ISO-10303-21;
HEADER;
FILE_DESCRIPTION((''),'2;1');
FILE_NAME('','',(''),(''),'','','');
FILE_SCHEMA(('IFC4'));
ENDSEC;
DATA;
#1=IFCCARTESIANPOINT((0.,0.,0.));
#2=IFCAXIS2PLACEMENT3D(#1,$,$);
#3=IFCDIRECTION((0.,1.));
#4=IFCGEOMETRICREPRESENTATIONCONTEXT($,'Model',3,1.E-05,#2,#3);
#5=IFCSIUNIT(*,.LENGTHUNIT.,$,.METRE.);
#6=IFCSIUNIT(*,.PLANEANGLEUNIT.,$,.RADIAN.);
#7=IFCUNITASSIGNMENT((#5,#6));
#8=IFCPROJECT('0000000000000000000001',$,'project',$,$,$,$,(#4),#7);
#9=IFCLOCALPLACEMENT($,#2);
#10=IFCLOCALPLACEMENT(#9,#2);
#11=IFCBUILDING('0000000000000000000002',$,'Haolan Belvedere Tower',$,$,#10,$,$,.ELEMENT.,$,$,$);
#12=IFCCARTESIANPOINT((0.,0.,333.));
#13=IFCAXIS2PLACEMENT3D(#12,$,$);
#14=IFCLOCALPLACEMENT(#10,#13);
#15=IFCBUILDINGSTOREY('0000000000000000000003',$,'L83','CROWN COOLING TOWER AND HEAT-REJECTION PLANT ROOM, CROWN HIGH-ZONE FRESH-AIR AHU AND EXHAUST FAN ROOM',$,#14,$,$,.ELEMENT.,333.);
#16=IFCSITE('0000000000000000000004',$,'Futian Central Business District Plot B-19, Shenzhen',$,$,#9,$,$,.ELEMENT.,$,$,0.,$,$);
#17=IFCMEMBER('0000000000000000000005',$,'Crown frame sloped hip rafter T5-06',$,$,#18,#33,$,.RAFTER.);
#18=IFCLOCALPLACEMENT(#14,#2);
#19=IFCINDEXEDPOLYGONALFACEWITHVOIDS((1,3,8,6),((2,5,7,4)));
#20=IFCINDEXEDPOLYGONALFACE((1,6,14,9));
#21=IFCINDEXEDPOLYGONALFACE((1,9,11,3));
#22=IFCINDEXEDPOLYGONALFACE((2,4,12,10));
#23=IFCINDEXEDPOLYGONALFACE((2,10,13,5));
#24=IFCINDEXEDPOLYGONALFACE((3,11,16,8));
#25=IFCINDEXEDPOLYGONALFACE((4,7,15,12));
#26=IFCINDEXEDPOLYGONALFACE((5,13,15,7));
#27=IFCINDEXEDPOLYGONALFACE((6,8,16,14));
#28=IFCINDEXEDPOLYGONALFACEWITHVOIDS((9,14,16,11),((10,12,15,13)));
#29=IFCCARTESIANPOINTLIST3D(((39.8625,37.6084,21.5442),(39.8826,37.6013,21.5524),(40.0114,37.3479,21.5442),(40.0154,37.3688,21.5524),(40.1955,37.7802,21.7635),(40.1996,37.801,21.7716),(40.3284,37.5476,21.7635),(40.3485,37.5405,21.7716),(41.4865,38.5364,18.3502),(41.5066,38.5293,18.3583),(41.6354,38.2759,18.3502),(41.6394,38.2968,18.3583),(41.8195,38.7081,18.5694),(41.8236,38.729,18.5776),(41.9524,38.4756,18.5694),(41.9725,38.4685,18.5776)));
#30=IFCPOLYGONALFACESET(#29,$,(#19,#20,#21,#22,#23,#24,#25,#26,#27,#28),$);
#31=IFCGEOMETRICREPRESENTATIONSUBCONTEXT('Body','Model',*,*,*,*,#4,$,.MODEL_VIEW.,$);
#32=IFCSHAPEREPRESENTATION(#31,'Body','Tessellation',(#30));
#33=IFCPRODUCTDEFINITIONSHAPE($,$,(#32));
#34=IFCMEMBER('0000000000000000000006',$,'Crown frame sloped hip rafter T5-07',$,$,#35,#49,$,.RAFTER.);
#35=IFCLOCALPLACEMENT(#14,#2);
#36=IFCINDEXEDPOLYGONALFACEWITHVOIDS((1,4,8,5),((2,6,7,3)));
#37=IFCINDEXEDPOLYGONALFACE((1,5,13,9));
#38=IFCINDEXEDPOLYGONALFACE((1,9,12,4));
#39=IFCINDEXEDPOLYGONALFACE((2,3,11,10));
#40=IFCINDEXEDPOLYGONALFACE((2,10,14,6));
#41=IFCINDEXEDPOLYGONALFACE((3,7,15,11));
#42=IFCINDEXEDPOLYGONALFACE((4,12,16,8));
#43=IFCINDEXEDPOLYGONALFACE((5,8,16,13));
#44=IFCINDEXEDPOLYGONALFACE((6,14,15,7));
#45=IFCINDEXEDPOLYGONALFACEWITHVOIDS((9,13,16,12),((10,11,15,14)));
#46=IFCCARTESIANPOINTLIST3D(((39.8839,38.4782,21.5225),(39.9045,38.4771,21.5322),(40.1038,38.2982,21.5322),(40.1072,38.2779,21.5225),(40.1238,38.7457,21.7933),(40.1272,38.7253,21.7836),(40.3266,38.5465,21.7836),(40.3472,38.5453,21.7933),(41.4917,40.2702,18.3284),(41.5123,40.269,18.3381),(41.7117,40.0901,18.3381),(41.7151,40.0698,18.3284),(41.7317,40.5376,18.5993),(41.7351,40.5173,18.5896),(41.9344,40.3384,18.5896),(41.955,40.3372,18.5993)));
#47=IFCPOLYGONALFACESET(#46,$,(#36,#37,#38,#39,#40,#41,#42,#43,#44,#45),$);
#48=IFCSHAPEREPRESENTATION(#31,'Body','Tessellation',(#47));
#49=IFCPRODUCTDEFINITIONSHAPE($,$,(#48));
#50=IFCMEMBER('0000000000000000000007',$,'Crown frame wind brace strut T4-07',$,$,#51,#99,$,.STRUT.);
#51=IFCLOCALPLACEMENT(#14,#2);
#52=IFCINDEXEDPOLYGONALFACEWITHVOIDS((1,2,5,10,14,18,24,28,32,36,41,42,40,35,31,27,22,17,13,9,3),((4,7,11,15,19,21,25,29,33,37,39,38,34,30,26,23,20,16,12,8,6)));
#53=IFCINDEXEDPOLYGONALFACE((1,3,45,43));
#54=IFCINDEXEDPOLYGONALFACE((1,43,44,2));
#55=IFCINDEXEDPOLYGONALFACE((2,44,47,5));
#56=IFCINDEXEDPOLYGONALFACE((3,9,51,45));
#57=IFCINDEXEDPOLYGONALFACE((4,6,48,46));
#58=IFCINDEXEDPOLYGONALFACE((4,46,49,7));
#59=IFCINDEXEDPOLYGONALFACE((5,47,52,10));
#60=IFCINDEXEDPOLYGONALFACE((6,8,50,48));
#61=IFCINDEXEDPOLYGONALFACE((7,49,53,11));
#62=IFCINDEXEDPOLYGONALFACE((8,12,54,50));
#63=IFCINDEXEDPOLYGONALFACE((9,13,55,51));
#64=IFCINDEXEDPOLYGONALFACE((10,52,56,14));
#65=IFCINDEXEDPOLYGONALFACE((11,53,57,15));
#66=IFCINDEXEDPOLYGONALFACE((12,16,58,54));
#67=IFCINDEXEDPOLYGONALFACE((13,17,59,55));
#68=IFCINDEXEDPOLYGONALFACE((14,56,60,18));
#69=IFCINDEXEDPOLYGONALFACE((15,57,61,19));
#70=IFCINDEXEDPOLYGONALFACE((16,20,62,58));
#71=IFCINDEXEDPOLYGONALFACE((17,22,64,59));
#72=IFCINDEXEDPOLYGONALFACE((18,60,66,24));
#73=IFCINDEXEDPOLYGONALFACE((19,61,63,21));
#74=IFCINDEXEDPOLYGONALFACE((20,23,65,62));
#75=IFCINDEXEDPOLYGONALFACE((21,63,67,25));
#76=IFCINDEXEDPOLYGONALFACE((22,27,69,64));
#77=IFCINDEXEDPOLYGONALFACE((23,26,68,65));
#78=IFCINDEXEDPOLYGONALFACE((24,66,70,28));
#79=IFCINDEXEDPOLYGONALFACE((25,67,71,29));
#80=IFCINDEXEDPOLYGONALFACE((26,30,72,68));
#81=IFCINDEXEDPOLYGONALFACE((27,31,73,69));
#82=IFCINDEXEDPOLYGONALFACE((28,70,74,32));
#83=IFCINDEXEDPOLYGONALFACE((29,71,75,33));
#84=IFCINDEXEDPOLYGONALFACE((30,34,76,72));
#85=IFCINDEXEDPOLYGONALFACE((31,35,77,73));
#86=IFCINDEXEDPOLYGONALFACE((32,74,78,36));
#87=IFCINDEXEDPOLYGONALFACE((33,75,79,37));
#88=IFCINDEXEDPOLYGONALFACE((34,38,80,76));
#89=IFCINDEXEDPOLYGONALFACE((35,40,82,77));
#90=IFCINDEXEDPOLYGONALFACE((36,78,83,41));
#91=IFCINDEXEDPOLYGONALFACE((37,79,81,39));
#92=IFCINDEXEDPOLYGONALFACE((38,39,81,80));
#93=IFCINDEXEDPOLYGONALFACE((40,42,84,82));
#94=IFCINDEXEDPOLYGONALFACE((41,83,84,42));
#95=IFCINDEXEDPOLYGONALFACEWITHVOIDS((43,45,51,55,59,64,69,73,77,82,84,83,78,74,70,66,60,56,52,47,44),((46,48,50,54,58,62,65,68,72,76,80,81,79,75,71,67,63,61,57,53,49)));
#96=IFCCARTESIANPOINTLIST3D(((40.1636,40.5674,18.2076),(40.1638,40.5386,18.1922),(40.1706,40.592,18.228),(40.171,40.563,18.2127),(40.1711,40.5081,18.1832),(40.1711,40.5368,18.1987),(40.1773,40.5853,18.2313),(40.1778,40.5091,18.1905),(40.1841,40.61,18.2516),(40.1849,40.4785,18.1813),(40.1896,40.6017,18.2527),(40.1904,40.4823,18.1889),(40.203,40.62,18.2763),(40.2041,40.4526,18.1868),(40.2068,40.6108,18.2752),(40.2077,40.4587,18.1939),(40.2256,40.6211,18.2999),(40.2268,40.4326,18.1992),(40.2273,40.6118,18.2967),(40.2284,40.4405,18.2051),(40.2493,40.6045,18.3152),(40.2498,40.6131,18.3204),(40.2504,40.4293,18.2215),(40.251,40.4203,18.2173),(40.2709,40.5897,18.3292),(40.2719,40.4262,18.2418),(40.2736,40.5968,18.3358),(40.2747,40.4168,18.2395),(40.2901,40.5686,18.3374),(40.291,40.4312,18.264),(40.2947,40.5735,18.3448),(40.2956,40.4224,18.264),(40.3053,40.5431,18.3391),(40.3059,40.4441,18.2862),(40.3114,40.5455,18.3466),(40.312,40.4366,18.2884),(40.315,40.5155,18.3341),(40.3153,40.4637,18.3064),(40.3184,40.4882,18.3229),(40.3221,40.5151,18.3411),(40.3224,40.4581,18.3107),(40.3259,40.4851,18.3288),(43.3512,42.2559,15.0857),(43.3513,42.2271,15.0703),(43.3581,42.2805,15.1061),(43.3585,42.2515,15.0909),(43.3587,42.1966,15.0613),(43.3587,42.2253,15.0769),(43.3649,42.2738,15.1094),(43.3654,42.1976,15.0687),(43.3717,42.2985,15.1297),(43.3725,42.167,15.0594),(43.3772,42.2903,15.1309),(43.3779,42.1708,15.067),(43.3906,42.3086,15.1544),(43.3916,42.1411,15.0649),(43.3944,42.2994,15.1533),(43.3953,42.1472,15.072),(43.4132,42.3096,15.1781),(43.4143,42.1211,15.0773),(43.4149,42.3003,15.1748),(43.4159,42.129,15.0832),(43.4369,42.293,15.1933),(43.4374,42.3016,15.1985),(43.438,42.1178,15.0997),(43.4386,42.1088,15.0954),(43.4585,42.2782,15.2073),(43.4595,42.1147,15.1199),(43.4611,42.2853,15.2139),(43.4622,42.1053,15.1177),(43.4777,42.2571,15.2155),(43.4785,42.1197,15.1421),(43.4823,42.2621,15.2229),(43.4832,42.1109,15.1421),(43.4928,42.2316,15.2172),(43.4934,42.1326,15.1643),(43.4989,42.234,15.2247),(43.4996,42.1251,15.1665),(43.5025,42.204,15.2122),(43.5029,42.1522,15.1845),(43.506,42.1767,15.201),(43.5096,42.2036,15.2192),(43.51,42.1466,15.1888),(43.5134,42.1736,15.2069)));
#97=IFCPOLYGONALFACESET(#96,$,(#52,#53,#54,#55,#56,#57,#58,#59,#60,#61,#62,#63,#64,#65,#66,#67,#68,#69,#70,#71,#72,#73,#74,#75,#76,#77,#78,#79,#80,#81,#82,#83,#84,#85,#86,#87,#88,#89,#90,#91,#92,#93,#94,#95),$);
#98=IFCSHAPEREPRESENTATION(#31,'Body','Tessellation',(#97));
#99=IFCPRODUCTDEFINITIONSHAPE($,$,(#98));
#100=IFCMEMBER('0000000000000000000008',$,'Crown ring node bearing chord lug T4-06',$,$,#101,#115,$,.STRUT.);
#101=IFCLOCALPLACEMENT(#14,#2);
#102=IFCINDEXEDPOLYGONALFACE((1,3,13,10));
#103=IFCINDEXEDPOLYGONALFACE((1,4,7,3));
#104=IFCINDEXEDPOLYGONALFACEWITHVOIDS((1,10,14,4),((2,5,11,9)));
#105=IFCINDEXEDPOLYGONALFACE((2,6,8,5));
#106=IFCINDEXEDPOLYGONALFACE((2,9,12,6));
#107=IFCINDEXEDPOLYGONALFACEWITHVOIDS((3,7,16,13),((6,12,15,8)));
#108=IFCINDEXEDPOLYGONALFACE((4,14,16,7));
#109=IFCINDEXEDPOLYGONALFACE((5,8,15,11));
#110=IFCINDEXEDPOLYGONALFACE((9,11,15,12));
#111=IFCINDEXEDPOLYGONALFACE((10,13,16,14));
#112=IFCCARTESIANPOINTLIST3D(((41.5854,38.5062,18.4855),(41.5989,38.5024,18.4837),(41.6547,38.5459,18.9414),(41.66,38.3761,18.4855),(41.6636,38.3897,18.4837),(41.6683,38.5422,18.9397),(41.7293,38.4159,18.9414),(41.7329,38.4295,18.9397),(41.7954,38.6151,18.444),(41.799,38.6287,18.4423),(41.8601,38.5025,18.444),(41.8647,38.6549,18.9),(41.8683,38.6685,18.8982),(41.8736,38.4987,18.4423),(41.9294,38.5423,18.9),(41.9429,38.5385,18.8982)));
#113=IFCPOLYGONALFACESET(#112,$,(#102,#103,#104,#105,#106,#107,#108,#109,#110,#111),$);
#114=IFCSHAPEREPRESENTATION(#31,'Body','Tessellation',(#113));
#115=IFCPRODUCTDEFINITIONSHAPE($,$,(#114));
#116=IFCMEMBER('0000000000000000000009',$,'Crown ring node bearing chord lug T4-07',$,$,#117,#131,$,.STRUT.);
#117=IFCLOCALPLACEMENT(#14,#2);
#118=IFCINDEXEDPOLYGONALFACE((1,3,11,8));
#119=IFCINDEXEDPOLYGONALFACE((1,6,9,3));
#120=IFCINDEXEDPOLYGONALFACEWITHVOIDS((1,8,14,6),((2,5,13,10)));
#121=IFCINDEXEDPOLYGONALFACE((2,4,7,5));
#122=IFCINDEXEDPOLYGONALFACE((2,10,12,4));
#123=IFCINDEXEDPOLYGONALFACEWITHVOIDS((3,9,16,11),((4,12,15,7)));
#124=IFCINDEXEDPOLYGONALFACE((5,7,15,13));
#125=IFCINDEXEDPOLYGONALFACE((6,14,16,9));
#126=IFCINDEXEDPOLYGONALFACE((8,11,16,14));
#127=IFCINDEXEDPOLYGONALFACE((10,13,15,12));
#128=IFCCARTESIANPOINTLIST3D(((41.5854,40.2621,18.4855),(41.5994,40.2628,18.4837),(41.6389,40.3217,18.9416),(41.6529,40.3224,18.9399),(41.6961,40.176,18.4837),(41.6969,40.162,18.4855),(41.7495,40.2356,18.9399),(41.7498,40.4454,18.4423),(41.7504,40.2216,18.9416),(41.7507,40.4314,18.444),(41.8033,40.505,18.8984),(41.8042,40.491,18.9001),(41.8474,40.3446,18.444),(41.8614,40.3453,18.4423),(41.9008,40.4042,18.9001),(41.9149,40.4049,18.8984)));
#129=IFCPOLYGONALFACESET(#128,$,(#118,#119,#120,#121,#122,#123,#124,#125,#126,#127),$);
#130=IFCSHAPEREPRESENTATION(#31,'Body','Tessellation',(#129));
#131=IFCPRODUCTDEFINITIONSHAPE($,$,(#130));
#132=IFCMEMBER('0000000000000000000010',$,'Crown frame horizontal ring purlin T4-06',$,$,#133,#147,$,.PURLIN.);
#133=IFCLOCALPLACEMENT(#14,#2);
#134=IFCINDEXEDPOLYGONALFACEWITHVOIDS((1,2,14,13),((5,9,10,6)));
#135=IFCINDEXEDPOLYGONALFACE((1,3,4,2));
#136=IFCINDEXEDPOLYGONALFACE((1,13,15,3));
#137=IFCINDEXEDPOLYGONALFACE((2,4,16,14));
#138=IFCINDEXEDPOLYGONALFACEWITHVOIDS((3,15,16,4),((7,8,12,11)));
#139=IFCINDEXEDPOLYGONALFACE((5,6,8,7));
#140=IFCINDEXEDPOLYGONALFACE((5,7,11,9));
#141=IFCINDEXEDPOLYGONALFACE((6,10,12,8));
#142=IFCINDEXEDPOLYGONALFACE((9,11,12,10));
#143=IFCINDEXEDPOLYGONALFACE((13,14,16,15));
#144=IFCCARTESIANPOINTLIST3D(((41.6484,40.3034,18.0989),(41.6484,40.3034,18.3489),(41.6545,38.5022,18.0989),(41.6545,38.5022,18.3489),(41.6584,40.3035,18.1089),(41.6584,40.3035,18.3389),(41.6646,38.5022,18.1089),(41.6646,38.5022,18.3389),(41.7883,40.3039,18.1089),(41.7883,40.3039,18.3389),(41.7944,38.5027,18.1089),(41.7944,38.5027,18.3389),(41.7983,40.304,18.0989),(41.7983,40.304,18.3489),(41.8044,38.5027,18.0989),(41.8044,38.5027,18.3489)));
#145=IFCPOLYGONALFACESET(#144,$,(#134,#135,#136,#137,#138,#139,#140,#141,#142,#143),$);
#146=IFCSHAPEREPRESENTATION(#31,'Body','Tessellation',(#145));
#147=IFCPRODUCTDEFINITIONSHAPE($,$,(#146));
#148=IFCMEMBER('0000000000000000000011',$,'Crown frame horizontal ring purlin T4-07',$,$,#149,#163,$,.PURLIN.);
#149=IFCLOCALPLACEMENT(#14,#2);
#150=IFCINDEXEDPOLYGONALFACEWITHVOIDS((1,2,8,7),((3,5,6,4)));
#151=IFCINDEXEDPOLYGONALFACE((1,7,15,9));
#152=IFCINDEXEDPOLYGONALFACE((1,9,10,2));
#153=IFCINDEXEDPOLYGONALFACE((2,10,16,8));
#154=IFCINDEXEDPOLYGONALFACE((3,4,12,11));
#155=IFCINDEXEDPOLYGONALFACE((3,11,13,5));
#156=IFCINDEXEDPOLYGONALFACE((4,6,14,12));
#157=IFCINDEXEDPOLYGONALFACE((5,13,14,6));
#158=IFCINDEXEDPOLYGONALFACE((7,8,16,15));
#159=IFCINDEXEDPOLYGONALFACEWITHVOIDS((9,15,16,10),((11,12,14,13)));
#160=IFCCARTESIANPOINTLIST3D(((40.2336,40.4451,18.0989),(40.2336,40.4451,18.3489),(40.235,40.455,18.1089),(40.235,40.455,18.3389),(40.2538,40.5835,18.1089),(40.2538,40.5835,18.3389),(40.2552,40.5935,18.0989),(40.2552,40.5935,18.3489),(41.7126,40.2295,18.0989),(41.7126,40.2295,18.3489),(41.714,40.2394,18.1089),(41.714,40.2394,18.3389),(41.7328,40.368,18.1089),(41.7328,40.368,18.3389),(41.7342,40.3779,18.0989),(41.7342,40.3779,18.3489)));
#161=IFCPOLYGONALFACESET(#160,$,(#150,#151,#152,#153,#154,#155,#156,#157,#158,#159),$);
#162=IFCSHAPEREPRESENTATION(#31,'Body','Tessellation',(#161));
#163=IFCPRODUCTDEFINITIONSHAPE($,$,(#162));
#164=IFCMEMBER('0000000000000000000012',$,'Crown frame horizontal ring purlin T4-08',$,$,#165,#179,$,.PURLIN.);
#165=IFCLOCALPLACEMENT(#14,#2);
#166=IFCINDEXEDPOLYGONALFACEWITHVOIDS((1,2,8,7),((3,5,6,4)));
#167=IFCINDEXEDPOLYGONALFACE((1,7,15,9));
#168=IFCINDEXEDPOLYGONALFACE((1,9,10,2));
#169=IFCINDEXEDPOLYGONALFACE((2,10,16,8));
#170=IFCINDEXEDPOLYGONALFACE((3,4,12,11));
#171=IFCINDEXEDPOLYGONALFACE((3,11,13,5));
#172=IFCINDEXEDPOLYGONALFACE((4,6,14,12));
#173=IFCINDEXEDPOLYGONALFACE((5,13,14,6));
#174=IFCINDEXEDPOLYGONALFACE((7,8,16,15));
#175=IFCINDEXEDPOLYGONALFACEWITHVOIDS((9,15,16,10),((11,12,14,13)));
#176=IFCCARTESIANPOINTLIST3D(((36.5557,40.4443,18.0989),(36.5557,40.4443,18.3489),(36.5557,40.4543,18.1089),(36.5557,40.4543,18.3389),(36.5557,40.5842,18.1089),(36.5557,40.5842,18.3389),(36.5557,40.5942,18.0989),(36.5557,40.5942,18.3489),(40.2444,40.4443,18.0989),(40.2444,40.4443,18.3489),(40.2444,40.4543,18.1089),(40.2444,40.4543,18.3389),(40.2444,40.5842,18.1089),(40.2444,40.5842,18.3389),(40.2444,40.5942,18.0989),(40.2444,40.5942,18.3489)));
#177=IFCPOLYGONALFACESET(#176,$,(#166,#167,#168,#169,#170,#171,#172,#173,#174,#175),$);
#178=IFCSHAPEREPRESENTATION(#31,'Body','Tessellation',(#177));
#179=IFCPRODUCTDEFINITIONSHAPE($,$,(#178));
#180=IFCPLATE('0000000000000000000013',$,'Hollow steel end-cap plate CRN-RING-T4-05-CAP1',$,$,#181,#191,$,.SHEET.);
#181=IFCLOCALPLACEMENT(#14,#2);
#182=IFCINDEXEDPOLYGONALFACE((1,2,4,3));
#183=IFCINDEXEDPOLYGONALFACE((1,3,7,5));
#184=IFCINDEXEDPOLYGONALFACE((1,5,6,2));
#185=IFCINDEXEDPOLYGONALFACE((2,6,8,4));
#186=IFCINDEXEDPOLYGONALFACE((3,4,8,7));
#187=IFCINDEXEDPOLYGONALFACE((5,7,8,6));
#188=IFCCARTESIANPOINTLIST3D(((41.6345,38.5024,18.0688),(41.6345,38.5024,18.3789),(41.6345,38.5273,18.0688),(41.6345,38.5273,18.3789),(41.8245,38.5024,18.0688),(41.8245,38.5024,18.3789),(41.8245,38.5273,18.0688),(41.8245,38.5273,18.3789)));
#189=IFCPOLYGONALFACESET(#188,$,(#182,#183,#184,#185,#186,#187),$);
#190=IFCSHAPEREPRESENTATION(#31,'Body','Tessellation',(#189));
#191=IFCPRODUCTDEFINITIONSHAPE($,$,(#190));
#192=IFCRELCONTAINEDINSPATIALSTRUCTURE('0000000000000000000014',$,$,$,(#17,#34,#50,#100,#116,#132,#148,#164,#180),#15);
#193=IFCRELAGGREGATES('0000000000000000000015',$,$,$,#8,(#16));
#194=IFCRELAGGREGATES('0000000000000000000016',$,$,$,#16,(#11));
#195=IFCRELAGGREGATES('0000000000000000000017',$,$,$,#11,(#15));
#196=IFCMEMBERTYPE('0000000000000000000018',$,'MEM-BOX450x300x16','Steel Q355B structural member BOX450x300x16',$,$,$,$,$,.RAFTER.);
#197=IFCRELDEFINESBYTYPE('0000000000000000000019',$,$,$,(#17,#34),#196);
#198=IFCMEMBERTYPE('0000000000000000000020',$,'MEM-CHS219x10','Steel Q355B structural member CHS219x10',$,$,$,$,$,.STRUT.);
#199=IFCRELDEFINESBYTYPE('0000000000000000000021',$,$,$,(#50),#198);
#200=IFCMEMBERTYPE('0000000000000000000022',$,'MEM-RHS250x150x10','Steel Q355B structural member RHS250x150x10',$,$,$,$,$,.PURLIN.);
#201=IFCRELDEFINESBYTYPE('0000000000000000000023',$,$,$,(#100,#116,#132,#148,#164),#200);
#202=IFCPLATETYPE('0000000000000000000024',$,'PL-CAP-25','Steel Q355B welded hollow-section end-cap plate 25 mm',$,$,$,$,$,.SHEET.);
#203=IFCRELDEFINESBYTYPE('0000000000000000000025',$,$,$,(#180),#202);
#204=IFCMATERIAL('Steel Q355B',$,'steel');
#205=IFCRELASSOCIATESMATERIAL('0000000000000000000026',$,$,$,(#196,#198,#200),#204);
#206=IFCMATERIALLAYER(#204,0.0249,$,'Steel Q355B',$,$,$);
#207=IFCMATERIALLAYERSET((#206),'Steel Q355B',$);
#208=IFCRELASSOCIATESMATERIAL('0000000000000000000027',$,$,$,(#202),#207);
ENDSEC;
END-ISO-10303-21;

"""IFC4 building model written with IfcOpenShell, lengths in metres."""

from ifc_helpers import new_model, si_unit, direction, frame, origin, origin_2d, place, context, subcontext, project, spatial, rectangle, hollow_rectangle, hollow_circle, extrude, material, layer, layer_set, material_profile, profile_set, type_object, element, save


model = new_model("IFC4")

# Units and contexts
model_context = context("Model", 3, precision=1e-05, world=origin(), true_north=direction((0.0, 1.0)))
body_context = subcontext(model_context, "Body", "Model", "MODEL_VIEW")
ifc_project = project(units=[si_unit("LENGTHUNIT", "METRE"), si_unit("PLANEANGLEUNIT", "RADIAN")], contexts=[model_context])

# Site, building, storey
site_placement = place(None, origin())
site = spatial("IfcSite", under=ifc_project, at=site_placement, Name="Futian Central Business District Plot B-19, Shenzhen", CompositionType="ELEMENT", RefElevation=0.0)
building_placement = place(site_placement, origin())
building = spatial("IfcBuilding", under=site, at=building_placement, Name="Haolan Belvedere Tower", CompositionType="ELEMENT")
storey_placement = place(building_placement, frame((0.0, 0.0, 333.0)))
storey = spatial("IfcBuildingStorey", under=building, at=storey_placement, Name="L83", Description="CROWN COOLING TOWER AND HEAT-REJECTION PLANT ROOM, CROWN HIGH-ZONE FRESH-AIR AHU AND EXHAUST FAN ROOM", CompositionType="ELEMENT", Elevation=333.0)

# Members
ifc_material_1 = material(Name="Steel Q355B", Category="steel")
ifc_material_profile_1 = material_profile(ifc_material_1, hollow_rectangle(XDim=0.3, YDim=0.45, WallThickness=0.0161, at=origin_2d()), Name="Steel Q355B")
ifc_profile_set_1 = profile_set([ifc_material_profile_1], Name="Steel Q355B")
member_type_1 = type_object("IfcMemberType", Name="MEM-BOX450x300x16", Description="Steel Q355B structural member BOX450x300x16", PredefinedType="RAFTER", material=ifc_profile_set_1)
member_1_placement = place(storey_placement, frame((41.7295, 38.5024, 18.4639), z_axis=(-0.438752, -0.250706, 0.862927), x_axis=(0.496125, -0.868251, 0.0)))
element("IfcMember", 1, at=member_1_placement, inside=storey, type_object=member_type_1, Name="Crown frame sloped hip rafter T5-06", PredefinedType="RAFTER", context=body_context, shape_type="SweptSolid", body=[
    extrude(hollow_rectangle(XDim=0.3, YDim=0.45, WallThickness=0.0161, at=origin_2d()), origin(), (0.0, 0.0, 1.0), 3.7014),
])
member_2_placement = place(storey_placement, frame((41.7234, 40.3037, 18.4639), z_axis=(-0.401992, -0.448014, 0.798552), x_axis=(0.744302, -0.667843, 0.0)))
element("IfcMember", 2, at=member_2_placement, inside=storey, type_object=member_type_1, Name="Crown frame sloped hip rafter T5-07", PredefinedType="RAFTER", context=body_context, shape_type="SweptSolid", body=[
    extrude(hollow_rectangle(XDim=0.3, YDim=0.45, WallThickness=0.0161, at=origin_2d()), origin(), (0.0, 0.0, 1.0), 3.9998),
])
ifc_material_profile_2 = material_profile(ifc_material_1, hollow_circle(Radius=0.1096, WallThickness=0.01, at=origin_2d()), Name="Steel Q355B")
ifc_profile_set_2 = profile_set([ifc_material_profile_2], Name="Steel Q355B")
member_type_2 = type_object("IfcMemberType", Name="MEM-CHS219x10", Description="Steel Q355B structural member CHS219x10", PredefinedType="STRUT", material=ifc_profile_set_2)
member_3_placement = place(storey_placement, frame((43.4319, 42.2078, 15.1421), z_axis=(-0.66818, -0.353947, 0.654413), x_axis=(0.468099, -0.883676, 0.0)))
element("IfcMember", 3, at=member_3_placement, inside=storey, type_object=member_type_2, Name="Crown frame wind brace strut T4-07", PredefinedType="STRUT", context=body_context, shape_type="SweptSolid", body=[
    extrude(hollow_circle(Radius=0.1096, WallThickness=0.01, at=origin_2d()), origin(), (0.0, 0.0, 1.0), 4.7705),
])
ifc_material_profile_3 = material_profile(ifc_material_1, hollow_rectangle(XDim=0.1499, YDim=0.25, WallThickness=0.01, at=origin_2d()), Name="Steel Q355B")
ifc_profile_set_3 = profile_set([ifc_material_profile_3], Name="Steel Q355B")
member_type_3 = type_object("IfcMemberType", Name="MEM-RHS250x150x10", Description="Steel Q355B structural member RHS250x150x10", PredefinedType="PURLIN", material=ifc_profile_set_3)
member_4_placement = place(storey_placement, frame((41.7295, 38.5024, 18.4639), z_axis=(0.149751, 0.085949, 0.984981), x_axis=(-0.497782, 0.867302, 0.0)))
element("IfcMember", 4, at=member_4_placement, inside=storey, type_object=member_type_3, Name="Crown ring node bearing chord lug T4-06", PredefinedType="STRUT", context=body_context, shape_type="SweptSolid", body=[
    extrude(hollow_rectangle(XDim=0.1499, YDim=0.25, WallThickness=0.01, at=origin_2d()), origin(), (0.0, 0.0, 1.0), 0.4629),
])
member_5_placement = place(storey_placement, frame((41.7234, 40.3037, 18.4639), z_axis=(0.115473, 0.128654, 0.984944), x_axis=(-0.744203, 0.667953, 0.0)))
element("IfcMember", 5, at=member_5_placement, inside=storey, type_object=member_type_3, Name="Crown ring node bearing chord lug T4-07", PredefinedType="STRUT", context=body_context, shape_type="SweptSolid", body=[
    extrude(hollow_rectangle(XDim=0.1499, YDim=0.25, WallThickness=0.01, at=origin_2d()), origin(), (0.0, 0.0, 1.0), 0.4631),
])
member_6_placement = place(storey_placement, frame((41.7295, 38.5024, 18.2239), z_axis=(-0.003388, 0.999994, 0.0), x_axis=(-0.999994, -0.003388, 0.0)))
element("IfcMember", 6, at=member_6_placement, inside=storey, type_object=member_type_3, Name="Crown frame horizontal ring purlin T4-06", PredefinedType="PURLIN", context=body_context, shape_type="SweptSolid", body=[
    extrude(hollow_rectangle(XDim=0.1499, YDim=0.25, WallThickness=0.01, at=origin_2d()), origin(), (0.0, 0.0, 1.0), 1.8013),
])
member_7_placement = place(storey_placement, frame((41.7234, 40.3037, 18.2239), z_axis=(-0.989544, 0.144234, 0.0), x_axis=(-0.144234, -0.989544, 0.0)))
element("IfcMember", 7, at=member_7_placement, inside=storey, type_object=member_type_3, Name="Crown frame horizontal ring purlin T4-07", PredefinedType="PURLIN", context=body_context, shape_type="SweptSolid", body=[
    extrude(hollow_rectangle(XDim=0.1499, YDim=0.25, WallThickness=0.01, at=origin_2d()), origin(), (0.0, 0.0, 1.0), 1.4946),
])
member_8_placement = place(storey_placement, frame((40.2444, 40.5193, 18.2239), z_axis=(-1.0, 0.0, 0.0), x_axis=(0.0, -1.0, 0.0)))
element("IfcMember", 8, at=member_8_placement, inside=storey, type_object=member_type_3, Name="Crown frame horizontal ring purlin T4-08", PredefinedType="PURLIN", context=body_context, shape_type="SweptSolid", body=[
    extrude(hollow_rectangle(XDim=0.1499, YDim=0.25, WallThickness=0.01, at=origin_2d()), origin(), (0.0, 0.0, 1.0), 3.6887),
])

# Plate
ifc_layer_1 = layer(ifc_material_1, 0.0249, Name="Steel Q355B")
ifc_layer_set_1 = layer_set([ifc_layer_1], Name="Steel Q355B")
plate_type = type_object("IfcPlateType", Name="PL-CAP-25", Description="Steel Q355B welded hollow-section end-cap plate 25 mm", PredefinedType="SHEET", material=ifc_layer_set_1)
plate_1_placement = place(storey_placement, frame((41.7295, 38.5149, 18.0688), z_axis=(0.0, 0.0, 1.0), x_axis=(-1.0, 0.0, 0.0)))
element("IfcPlate", 9, at=plate_1_placement, inside=storey, type_object=plate_type, Name="Hollow steel end-cap plate CRN-RING-T4-05-CAP1", PredefinedType="SHEET", context=body_context, shape_type="SweptSolid", body=[
    extrude(rectangle(XDim=0.1899, YDim=0.0249, at=origin_2d()), origin(), (0.0, 0.0, 1.0), 0.3101),
])

save(model, "model.ifc")
